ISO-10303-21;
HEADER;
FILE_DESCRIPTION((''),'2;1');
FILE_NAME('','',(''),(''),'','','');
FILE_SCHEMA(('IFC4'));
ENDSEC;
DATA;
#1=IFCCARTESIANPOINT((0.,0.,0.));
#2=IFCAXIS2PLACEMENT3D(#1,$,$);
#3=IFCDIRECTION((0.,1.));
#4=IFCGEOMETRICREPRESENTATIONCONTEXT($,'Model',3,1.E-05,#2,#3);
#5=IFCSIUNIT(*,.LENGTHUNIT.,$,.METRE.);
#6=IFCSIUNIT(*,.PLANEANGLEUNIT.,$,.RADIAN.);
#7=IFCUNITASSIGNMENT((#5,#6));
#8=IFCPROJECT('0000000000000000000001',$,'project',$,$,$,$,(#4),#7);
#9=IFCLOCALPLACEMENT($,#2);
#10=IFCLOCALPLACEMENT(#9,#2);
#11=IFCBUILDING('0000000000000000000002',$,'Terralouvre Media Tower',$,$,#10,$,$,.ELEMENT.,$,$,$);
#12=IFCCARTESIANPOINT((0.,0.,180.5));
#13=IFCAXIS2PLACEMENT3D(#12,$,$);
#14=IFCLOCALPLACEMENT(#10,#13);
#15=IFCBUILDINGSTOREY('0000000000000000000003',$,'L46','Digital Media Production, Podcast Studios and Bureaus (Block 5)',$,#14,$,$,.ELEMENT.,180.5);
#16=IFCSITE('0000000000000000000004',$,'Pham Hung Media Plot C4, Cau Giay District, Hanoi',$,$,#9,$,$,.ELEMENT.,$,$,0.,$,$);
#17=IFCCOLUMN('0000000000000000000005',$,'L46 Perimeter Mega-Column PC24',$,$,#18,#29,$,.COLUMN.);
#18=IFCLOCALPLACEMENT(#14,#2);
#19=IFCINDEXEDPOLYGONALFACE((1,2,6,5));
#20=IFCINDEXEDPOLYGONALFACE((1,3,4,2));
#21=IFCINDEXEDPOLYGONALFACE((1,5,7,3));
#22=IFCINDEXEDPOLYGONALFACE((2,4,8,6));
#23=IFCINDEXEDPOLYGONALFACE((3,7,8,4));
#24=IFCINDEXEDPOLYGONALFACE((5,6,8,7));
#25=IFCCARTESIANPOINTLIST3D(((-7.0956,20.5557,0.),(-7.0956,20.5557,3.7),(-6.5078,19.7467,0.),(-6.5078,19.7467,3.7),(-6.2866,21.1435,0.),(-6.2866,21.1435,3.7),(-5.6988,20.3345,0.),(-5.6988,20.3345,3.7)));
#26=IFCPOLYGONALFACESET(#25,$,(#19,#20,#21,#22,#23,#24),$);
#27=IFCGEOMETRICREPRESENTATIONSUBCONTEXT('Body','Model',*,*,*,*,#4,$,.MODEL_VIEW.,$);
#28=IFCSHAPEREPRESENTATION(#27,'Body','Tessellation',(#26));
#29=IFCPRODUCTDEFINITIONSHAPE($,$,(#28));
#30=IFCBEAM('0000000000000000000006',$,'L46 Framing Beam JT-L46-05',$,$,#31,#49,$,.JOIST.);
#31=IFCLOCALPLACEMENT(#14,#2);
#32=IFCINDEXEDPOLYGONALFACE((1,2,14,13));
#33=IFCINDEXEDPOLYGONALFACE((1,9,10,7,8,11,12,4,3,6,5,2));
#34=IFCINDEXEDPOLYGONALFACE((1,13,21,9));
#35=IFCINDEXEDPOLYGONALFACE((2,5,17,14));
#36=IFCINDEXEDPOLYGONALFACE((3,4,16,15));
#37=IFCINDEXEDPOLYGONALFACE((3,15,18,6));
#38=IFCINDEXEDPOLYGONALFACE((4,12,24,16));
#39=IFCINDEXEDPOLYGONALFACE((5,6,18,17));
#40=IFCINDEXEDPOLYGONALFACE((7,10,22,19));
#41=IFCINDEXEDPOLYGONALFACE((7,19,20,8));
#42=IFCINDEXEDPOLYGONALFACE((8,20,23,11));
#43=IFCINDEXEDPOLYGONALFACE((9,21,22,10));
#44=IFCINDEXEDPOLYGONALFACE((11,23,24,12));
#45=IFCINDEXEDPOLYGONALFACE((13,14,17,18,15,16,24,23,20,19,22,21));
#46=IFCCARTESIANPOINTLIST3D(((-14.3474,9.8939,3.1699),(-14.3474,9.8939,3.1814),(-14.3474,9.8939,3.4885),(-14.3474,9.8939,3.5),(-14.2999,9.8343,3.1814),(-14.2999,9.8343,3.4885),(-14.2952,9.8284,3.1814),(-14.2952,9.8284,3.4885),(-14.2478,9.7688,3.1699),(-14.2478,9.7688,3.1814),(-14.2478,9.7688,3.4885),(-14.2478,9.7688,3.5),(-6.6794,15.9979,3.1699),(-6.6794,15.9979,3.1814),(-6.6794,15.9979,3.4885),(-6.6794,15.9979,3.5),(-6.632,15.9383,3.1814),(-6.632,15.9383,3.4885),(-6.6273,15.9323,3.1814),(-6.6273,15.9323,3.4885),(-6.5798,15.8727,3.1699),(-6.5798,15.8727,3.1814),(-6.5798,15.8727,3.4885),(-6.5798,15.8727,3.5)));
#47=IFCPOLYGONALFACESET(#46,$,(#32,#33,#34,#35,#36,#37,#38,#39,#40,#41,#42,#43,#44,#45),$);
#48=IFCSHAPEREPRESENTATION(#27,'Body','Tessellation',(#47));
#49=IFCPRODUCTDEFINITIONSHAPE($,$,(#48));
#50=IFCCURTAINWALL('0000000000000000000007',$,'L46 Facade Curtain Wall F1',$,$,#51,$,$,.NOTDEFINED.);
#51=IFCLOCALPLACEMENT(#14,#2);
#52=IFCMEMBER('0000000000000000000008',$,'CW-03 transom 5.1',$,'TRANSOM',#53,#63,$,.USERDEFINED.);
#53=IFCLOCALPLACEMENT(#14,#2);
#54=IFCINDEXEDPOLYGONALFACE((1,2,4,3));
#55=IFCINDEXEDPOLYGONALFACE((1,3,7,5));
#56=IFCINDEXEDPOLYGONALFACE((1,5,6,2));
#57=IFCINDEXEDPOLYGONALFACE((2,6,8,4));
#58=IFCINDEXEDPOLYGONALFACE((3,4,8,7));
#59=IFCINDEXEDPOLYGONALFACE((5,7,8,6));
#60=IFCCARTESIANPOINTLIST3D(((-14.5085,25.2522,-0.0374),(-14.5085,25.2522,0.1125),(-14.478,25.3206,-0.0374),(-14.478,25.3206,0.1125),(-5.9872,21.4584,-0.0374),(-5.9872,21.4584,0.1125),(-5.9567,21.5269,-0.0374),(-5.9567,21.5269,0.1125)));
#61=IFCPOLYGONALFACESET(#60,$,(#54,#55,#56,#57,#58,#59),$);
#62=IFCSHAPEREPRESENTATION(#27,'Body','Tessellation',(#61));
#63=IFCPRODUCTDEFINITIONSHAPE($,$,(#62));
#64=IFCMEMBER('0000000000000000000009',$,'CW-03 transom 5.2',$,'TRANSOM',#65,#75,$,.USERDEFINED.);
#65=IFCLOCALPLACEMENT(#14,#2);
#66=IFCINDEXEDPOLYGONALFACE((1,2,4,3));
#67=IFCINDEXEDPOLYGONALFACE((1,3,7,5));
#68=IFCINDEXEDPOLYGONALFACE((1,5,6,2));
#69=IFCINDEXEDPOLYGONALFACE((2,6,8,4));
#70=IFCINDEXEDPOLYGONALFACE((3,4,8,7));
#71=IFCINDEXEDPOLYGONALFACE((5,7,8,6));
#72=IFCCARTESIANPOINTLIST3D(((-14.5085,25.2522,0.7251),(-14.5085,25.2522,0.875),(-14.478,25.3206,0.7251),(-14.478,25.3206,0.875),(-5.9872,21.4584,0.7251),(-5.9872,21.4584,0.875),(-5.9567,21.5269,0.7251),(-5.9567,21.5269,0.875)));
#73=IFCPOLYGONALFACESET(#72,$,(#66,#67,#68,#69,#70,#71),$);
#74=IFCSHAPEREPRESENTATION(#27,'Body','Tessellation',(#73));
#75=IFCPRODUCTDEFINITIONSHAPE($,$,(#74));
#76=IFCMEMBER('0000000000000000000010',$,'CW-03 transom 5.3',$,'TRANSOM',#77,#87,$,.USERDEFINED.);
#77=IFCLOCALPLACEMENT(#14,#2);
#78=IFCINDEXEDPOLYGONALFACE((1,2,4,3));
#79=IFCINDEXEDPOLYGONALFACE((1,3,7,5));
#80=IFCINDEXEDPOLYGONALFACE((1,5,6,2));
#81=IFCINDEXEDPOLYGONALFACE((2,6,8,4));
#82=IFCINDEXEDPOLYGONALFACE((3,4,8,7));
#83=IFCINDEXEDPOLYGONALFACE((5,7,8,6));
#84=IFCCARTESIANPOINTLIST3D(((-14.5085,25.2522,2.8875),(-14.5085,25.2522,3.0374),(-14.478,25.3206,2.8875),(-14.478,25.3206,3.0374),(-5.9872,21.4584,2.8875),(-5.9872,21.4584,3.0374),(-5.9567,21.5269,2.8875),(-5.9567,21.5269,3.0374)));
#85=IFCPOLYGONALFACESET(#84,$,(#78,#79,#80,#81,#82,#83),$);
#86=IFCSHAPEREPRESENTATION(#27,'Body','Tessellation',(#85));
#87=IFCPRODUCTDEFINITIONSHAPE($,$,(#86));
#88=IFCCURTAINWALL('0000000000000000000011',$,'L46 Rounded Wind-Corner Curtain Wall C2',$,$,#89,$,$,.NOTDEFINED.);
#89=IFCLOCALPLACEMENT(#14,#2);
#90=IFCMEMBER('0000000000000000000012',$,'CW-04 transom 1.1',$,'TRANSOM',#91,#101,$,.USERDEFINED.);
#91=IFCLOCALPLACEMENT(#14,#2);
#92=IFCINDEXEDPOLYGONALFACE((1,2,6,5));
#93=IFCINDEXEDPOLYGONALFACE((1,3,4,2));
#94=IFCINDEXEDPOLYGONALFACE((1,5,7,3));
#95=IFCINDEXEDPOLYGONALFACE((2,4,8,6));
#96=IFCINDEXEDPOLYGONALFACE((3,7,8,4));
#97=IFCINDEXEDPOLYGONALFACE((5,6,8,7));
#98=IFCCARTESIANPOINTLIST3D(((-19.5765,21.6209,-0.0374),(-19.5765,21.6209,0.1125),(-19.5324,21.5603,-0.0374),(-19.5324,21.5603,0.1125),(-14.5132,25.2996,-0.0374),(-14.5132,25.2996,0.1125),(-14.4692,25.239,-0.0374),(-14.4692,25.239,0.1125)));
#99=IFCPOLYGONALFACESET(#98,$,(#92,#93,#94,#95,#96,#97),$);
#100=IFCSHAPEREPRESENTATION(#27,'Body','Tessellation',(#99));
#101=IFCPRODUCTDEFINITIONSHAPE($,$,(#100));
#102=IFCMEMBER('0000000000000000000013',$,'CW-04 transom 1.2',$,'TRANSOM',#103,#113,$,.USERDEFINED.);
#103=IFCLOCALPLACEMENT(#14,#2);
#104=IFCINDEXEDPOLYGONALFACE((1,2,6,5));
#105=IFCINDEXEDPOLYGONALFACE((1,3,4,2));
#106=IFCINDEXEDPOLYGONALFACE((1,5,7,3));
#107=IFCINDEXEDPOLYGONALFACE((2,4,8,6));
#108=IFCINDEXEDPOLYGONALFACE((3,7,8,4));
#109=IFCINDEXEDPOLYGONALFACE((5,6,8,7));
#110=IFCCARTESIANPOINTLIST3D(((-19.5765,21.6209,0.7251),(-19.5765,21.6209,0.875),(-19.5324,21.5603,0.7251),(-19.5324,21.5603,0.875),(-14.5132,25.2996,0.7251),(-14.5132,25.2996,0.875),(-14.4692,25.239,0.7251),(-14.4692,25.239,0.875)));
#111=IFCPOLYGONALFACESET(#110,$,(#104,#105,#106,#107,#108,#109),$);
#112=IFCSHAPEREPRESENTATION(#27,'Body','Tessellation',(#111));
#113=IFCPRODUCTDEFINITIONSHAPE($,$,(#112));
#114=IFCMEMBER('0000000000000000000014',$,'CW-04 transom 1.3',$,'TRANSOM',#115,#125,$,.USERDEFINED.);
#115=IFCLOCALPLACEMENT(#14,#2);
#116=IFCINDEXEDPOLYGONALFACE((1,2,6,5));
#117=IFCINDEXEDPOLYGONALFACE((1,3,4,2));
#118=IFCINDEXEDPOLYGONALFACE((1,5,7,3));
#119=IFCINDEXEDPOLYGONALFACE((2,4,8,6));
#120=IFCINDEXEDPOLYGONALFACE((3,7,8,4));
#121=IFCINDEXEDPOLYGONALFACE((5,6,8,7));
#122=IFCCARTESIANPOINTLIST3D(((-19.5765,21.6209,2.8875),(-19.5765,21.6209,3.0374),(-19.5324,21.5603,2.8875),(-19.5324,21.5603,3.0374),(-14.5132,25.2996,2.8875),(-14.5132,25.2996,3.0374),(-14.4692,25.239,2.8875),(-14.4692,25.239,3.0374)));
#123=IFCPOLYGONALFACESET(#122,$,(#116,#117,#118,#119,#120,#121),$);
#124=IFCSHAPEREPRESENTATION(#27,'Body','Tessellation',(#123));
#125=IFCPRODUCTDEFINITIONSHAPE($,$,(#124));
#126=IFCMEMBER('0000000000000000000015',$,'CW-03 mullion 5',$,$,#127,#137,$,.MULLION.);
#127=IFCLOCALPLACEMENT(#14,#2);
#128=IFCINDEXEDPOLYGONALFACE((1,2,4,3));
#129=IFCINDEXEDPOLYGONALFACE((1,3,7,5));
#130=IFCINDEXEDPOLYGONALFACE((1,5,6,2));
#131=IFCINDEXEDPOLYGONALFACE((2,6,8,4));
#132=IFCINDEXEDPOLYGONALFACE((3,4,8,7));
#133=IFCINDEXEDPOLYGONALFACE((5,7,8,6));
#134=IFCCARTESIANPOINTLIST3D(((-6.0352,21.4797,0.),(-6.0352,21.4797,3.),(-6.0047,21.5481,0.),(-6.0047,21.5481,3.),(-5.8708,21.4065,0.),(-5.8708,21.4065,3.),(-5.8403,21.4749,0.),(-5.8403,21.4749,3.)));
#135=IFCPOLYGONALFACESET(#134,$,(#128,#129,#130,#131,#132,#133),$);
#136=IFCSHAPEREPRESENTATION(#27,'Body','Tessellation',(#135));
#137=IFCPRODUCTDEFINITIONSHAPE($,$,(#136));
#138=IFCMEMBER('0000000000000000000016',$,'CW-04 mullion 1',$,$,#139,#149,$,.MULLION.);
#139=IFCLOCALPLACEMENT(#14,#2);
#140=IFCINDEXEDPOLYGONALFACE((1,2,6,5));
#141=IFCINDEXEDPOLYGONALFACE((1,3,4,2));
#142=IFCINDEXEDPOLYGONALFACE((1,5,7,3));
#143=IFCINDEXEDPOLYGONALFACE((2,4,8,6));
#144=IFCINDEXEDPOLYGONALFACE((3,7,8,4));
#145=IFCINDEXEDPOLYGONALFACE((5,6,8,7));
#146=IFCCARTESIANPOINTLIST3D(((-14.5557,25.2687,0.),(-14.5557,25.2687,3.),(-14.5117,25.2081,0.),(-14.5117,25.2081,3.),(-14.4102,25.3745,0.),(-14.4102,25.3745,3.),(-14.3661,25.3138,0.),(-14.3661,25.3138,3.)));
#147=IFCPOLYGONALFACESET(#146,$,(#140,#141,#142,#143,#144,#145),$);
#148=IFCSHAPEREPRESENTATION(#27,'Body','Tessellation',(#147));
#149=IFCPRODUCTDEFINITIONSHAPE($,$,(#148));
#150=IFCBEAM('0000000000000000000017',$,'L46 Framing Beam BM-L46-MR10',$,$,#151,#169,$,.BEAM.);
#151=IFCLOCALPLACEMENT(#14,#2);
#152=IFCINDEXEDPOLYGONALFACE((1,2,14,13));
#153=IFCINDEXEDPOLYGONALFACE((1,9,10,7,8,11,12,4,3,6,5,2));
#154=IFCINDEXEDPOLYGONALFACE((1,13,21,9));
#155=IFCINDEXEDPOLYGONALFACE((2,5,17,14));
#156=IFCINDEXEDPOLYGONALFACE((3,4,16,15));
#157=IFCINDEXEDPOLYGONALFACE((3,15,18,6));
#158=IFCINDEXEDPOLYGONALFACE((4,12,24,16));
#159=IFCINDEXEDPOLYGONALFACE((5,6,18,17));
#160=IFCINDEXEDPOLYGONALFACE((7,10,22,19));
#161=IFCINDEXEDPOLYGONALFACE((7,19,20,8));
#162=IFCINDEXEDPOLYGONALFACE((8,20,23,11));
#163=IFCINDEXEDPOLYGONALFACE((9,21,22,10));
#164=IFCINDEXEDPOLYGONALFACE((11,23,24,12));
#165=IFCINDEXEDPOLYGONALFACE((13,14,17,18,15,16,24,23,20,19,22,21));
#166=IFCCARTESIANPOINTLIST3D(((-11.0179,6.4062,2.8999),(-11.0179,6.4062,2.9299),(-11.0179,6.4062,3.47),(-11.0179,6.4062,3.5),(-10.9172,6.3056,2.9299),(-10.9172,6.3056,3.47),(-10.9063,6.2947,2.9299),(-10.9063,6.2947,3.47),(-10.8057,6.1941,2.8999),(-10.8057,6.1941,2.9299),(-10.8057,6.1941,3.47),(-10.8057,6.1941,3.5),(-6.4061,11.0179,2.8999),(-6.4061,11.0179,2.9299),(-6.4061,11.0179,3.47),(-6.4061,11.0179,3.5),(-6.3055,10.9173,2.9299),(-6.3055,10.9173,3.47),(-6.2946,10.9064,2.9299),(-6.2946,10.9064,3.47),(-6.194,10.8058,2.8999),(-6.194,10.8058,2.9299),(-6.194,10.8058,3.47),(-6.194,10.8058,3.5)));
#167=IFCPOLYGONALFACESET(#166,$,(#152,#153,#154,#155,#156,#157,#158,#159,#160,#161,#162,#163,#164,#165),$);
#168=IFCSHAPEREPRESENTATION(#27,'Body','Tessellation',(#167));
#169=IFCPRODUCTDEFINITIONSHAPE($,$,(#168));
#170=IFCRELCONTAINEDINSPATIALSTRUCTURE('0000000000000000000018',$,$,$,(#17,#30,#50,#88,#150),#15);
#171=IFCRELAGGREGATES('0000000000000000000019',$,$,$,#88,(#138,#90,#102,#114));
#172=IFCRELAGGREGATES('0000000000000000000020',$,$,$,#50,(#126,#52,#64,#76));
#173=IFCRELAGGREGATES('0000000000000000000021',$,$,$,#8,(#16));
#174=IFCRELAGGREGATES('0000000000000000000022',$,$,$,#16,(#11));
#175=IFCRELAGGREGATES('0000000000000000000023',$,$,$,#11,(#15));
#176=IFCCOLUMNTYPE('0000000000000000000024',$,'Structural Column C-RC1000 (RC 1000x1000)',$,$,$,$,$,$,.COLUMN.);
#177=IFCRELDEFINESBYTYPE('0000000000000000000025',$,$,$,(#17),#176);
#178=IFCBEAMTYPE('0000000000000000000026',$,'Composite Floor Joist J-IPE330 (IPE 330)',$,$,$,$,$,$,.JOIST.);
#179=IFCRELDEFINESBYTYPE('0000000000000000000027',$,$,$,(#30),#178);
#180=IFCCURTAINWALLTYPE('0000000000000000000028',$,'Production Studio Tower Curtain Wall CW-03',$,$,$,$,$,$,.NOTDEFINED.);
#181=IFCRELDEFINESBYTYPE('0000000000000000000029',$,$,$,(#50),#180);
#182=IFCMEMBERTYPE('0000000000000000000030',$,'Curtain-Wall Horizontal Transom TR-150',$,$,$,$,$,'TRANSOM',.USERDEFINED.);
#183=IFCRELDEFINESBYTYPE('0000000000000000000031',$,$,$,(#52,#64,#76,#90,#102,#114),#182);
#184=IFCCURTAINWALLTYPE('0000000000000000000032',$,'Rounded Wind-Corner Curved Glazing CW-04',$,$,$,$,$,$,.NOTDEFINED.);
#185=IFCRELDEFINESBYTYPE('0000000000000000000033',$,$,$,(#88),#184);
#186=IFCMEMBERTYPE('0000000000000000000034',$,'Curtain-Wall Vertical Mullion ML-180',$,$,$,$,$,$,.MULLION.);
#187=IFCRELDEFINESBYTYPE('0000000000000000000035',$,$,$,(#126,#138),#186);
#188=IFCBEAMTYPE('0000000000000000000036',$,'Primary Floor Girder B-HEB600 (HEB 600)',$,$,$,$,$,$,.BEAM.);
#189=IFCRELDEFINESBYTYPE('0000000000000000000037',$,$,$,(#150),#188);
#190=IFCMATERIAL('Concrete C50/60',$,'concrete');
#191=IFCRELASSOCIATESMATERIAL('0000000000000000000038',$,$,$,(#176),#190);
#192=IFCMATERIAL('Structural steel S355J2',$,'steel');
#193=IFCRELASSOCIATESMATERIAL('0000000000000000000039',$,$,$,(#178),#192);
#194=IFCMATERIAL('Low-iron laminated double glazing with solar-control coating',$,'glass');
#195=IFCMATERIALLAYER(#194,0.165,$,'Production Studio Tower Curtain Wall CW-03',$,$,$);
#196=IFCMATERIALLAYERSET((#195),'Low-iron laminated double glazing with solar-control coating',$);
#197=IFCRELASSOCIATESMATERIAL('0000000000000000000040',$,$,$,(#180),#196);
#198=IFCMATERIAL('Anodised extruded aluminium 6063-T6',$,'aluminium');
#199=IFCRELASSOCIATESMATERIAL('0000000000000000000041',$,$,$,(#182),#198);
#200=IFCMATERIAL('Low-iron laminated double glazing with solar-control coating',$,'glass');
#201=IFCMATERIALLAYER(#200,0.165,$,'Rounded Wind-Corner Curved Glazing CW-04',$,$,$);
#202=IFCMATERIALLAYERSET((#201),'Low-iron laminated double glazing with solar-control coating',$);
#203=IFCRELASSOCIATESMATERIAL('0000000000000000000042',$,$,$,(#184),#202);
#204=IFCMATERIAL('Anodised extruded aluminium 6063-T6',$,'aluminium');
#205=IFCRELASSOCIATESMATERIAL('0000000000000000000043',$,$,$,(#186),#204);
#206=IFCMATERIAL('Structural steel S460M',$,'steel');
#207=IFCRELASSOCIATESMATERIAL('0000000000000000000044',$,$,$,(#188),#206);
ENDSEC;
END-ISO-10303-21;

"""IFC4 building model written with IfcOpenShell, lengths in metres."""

from ifc_helpers import new_model, si_unit, direction, frame, origin, origin_2d, place, context, subcontext, project, spatial, rectangle, i_section, extrude, material, layer, layer_set, material_profile, profile_set, type_object, element, aggregate, save


model = new_model("IFC4")

# Units and contexts
model_context = context("Model", 3, precision=1e-05, world=origin(), true_north=direction((0.0, 1.0)))
body_context = subcontext(model_context, "Body", "Model", "MODEL_VIEW")
ifc_project = project(units=[si_unit("LENGTHUNIT", "METRE"), si_unit("PLANEANGLEUNIT", "RADIAN")], contexts=[model_context])

# Site, building, storey
site_placement = place(None, origin())
site = spatial("IfcSite", under=ifc_project, at=site_placement, Name="Pham Hung Media Plot C4, Cau Giay District, Hanoi", CompositionType="ELEMENT", RefElevation=0.0)
building_placement = place(site_placement, origin())
building = spatial("IfcBuilding", under=site, at=building_placement, Name="Terralouvre Media Tower", CompositionType="ELEMENT")
storey_placement = place(building_placement, frame((0.0, 0.0, 180.5)))
storey = spatial("IfcBuildingStorey", under=building, at=storey_placement, Name="L46", Description="Digital Media Production, Podcast Studios and Bureaus (Block 5)", CompositionType="ELEMENT", Elevation=180.5)

# Column
ifc_material_1 = material(Name="Concrete C50/60", Category="concrete")
ifc_material_profile_1 = material_profile(ifc_material_1, rectangle(XDim=1.0, YDim=1.0, at=origin_2d()), Name="RC 1000x1000")
ifc_profile_set_1 = profile_set([ifc_material_profile_1], Name="Concrete C50/60")
column_type = type_object("IfcColumnType", Name="Structural Column C-RC1000 (RC 1000x1000)", PredefinedType="COLUMN", material=ifc_profile_set_1)
column_placement = place(storey_placement, frame((-6.3972, 20.4451, 0.0), z_axis=(0.0, 0.0, 1.0), x_axis=(0.809017, 0.587785, 0.0)))
element("IfcColumn", 1, at=column_placement, inside=storey, type_object=column_type, Name="L46 Perimeter Mega-Column PC24", PredefinedType="COLUMN", context=body_context, shape_type="SweptSolid", body=[
    extrude(rectangle(XDim=1.0, YDim=1.0, at=origin_2d()), origin(), (0.0, 0.0, 1.0), 3.7),
])

# Beam
ifc_material_2 = material(Name="Structural steel S355J2", Category="steel")
ifc_material_profile_2 = material_profile(ifc_material_2, i_section(OverallWidth=0.1599, OverallDepth=0.3301, WebThickness=0.0076, FlangeThickness=0.0115, at=origin_2d()), Name="IPE 330")
ifc_profile_set_2 = profile_set([ifc_material_profile_2], Name="Structural steel S355J2")
beam_type_1 = type_object("IfcBeamType", Name="Composite Floor Joist J-IPE330 (IPE 330)", PredefinedType="JOIST", material=ifc_profile_set_2)
beam_1_placement = place(storey_placement, frame((-6.6296, 15.9353, 3.335), z_axis=(-0.782378, -0.622804, 0.0), x_axis=(0.622804, -0.782378, 0.0)))
element("IfcBeam", 2, at=beam_1_placement, inside=storey, type_object=beam_type_1, Name="L46 Framing Beam JT-L46-05", PredefinedType="JOIST", context=body_context, shape_type="SweptSolid", body=[
    extrude(i_section(OverallWidth=0.1599, OverallDepth=0.3301, WebThickness=0.0076, FlangeThickness=0.0115, at=origin_2d()), origin(), (0.0, 0.0, 1.0), 9.8008),
])

# Curtain walls, members
ifc_material_3 = material(Name="Low-iron laminated double glazing with solar-control coating", Category="glass")
ifc_layer_1 = layer(ifc_material_3, 0.165, Name="Production Studio Tower Curtain Wall CW-03")
ifc_layer_set_1 = layer_set([ifc_layer_1], Name="Low-iron laminated double glazing with solar-control coating")
curtain_wall_type_1 = type_object("IfcCurtainWallType", Name="Production Studio Tower Curtain Wall CW-03", PredefinedType="NOTDEFINED", material=ifc_layer_set_1)
curtain_wall_1_placement = place(storey_placement, origin())
curtain_wall_1 = element("IfcCurtainWall", 3, at=curtain_wall_1_placement, inside=storey, type_object=curtain_wall_type_1, Name="L46 Facade Curtain Wall F1", PredefinedType="NOTDEFINED")
ifc_material_4 = material(Name="Anodised extruded aluminium 6063-T6", Category="aluminium")
ifc_material_profile_3 = material_profile(ifc_material_4, rectangle(XDim=0.075, YDim=0.1499, at=origin_2d()), Name="ALU 75x150")
ifc_profile_set_3 = profile_set([ifc_material_profile_3], Name="Anodised extruded aluminium 6063-T6")
member_type_1 = type_object("IfcMemberType", Name="Curtain-Wall Horizontal Transom TR-150", ElementType="TRANSOM", PredefinedType="USERDEFINED", material=ifc_profile_set_3)
member_1_placement = place(storey_placement, frame((-5.9719, 21.4927, 0.0376), z_axis=(-0.913553, 0.406719, 0.0), x_axis=(-0.406719, -0.913553, 0.0)))
member_1 = element("IfcMember", 4, at=member_1_placement, type_object=member_type_1, Name="CW-03 transom 5.1", ObjectType="TRANSOM", PredefinedType="USERDEFINED", context=body_context, shape_type="SweptSolid", body=[
    extrude(rectangle(XDim=0.075, YDim=0.1499, at=origin_2d()), origin(), (0.0, 0.0, 1.0), 9.3276),
])
member_2_placement = place(storey_placement, frame((-5.9719, 21.4927, 0.8), z_axis=(-0.913553, 0.406719, 0.0), x_axis=(-0.406719, -0.913553, 0.0)))
member_2 = element("IfcMember", 5, at=member_2_placement, type_object=member_type_1, Name="CW-03 transom 5.2", ObjectType="TRANSOM", PredefinedType="USERDEFINED", context=body_context, shape_type="SweptSolid", body=[
    extrude(rectangle(XDim=0.075, YDim=0.1499, at=origin_2d()), origin(), (0.0, 0.0, 1.0), 9.3276),
])
member_3_placement = place(storey_placement, frame((-5.9719, 21.4927, 2.9624), z_axis=(-0.913553, 0.406719, 0.0), x_axis=(-0.406719, -0.913553, 0.0)))
member_3 = element("IfcMember", 6, at=member_3_placement, type_object=member_type_1, Name="CW-03 transom 5.3", ObjectType="TRANSOM", PredefinedType="USERDEFINED", context=body_context, shape_type="SweptSolid", body=[
    extrude(rectangle(XDim=0.075, YDim=0.1499, at=origin_2d()), origin(), (0.0, 0.0, 1.0), 9.3276),
])
ifc_material_5 = material(Name="Low-iron laminated double glazing with solar-control coating", Category="glass")
ifc_layer_2 = layer(ifc_material_5, 0.165, Name="Rounded Wind-Corner Curved Glazing CW-04")
ifc_layer_set_2 = layer_set([ifc_layer_2], Name="Low-iron laminated double glazing with solar-control coating")
curtain_wall_type_2 = type_object("IfcCurtainWallType", Name="Rounded Wind-Corner Curved Glazing CW-04", PredefinedType="NOTDEFINED", material=ifc_layer_set_2)
curtain_wall_2_placement = place(storey_placement, origin())
curtain_wall_2 = element("IfcCurtainWall", 7, at=curtain_wall_2_placement, inside=storey, type_object=curtain_wall_type_2, Name="L46 Rounded Wind-Corner Curtain Wall C2", PredefinedType="NOTDEFINED")
member_4_placement = place(storey_placement, frame((-14.4912, 25.2693, 0.0376), z_axis=(-0.809013, -0.587791, 0.0), x_axis=(0.587791, -0.809013, 0.0)))
member_4 = element("IfcMember", 8, at=member_4_placement, type_object=member_type_1, Name="CW-04 transom 1.1", ObjectType="TRANSOM", PredefinedType="USERDEFINED", context=body_context, shape_type="SweptSolid", body=[
    extrude(rectangle(XDim=0.075, YDim=0.1499, at=origin_2d()), origin(), (0.0, 0.0, 1.0), 6.2585),
])
member_5_placement = place(storey_placement, frame((-14.4912, 25.2693, 0.8), z_axis=(-0.809013, -0.587791, 0.0), x_axis=(0.587791, -0.809013, 0.0)))
member_5 = element("IfcMember", 9, at=member_5_placement, type_object=member_type_1, Name="CW-04 transom 1.2", ObjectType="TRANSOM", PredefinedType="USERDEFINED", context=body_context, shape_type="SweptSolid", body=[
    extrude(rectangle(XDim=0.075, YDim=0.1499, at=origin_2d()), origin(), (0.0, 0.0, 1.0), 6.2585),
])
member_6_placement = place(storey_placement, frame((-14.4912, 25.2693, 2.9624), z_axis=(-0.809013, -0.587791, 0.0), x_axis=(0.587791, -0.809013, 0.0)))
member_6 = element("IfcMember", 10, at=member_6_placement, type_object=member_type_1, Name="CW-04 transom 1.3", ObjectType="TRANSOM", PredefinedType="USERDEFINED", context=body_context, shape_type="SweptSolid", body=[
    extrude(rectangle(XDim=0.075, YDim=0.1499, at=origin_2d()), origin(), (0.0, 0.0, 1.0), 6.2585),
])

# Members
ifc_material_6 = material(Name="Anodised extruded aluminium 6063-T6", Category="aluminium")
ifc_material_profile_4 = material_profile(ifc_material_6, rectangle(XDim=0.075, YDim=0.1799, at=origin_2d()), Name="ALU 75x180")
ifc_profile_set_4 = profile_set([ifc_material_profile_4], Name="Anodised extruded aluminium 6063-T6")
member_type_2 = type_object("IfcMemberType", Name="Curtain-Wall Vertical Mullion ML-180", PredefinedType="MULLION", material=ifc_profile_set_4)
member_7_placement = place(storey_placement, frame((-5.9377, 21.4773, 0.0), z_axis=(0.0, 0.0, 1.0), x_axis=(-0.406737, -0.913545, 0.0)))
member_7 = element("IfcMember", 11, at=member_7_placement, type_object=member_type_2, Name="CW-03 mullion 5", PredefinedType="MULLION", context=body_context, shape_type="SweptSolid", body=[
    extrude(rectangle(XDim=0.075, YDim=0.1799, at=origin_2d()), origin(), (0.0, 0.0, 1.0), 3.0),
])
member_8_placement = place(storey_placement, frame((-14.4609, 25.2913, 0.0), z_axis=(0.0, 0.0, 1.0), x_axis=(0.587785, -0.809017, 0.0)))
member_8 = element("IfcMember", 12, at=member_8_placement, type_object=member_type_2, Name="CW-04 mullion 1", PredefinedType="MULLION", context=body_context, shape_type="SweptSolid", body=[
    extrude(rectangle(XDim=0.075, YDim=0.1799, at=origin_2d()), origin(), (0.0, 0.0, 1.0), 3.0),
])
aggregate(curtain_wall_2, [member_8, member_4, member_5, member_6])

# Beam
ifc_material_7 = material(Name="Structural steel S460M", Category="steel")
ifc_material_profile_5 = material_profile(ifc_material_7, i_section(OverallWidth=0.3, OverallDepth=0.6001, WebThickness=0.0154, FlangeThickness=0.03, at=origin_2d()), Name="HEB 600")
ifc_profile_set_5 = profile_set([ifc_material_profile_5], Name="Structural steel S460M")
beam_type_2 = type_object("IfcBeamType", Name="Primary Floor Girder B-HEB600 (HEB 600)", PredefinedType="BEAM", material=ifc_profile_set_5)
beam_2_placement = place(storey_placement, frame((-6.3, 10.9119, 3.2), z_axis=(-0.707107, -0.707107, 0.0), x_axis=(0.707107, -0.707107, 0.0)))
element("IfcBeam", 13, at=beam_2_placement, inside=storey, type_object=beam_type_2, Name="L46 Framing Beam BM-L46-MR10", PredefinedType="BEAM", context=body_context, shape_type="SweptSolid", body=[
    extrude(i_section(OverallWidth=0.3, OverallDepth=0.6001, WebThickness=0.0154, FlangeThickness=0.03, at=origin_2d()), origin(), (0.0, 0.0, 1.0), 6.522),
])

aggregate(curtain_wall_1, [member_7, member_1, member_2, member_3])

save(model, "model.ifc")
